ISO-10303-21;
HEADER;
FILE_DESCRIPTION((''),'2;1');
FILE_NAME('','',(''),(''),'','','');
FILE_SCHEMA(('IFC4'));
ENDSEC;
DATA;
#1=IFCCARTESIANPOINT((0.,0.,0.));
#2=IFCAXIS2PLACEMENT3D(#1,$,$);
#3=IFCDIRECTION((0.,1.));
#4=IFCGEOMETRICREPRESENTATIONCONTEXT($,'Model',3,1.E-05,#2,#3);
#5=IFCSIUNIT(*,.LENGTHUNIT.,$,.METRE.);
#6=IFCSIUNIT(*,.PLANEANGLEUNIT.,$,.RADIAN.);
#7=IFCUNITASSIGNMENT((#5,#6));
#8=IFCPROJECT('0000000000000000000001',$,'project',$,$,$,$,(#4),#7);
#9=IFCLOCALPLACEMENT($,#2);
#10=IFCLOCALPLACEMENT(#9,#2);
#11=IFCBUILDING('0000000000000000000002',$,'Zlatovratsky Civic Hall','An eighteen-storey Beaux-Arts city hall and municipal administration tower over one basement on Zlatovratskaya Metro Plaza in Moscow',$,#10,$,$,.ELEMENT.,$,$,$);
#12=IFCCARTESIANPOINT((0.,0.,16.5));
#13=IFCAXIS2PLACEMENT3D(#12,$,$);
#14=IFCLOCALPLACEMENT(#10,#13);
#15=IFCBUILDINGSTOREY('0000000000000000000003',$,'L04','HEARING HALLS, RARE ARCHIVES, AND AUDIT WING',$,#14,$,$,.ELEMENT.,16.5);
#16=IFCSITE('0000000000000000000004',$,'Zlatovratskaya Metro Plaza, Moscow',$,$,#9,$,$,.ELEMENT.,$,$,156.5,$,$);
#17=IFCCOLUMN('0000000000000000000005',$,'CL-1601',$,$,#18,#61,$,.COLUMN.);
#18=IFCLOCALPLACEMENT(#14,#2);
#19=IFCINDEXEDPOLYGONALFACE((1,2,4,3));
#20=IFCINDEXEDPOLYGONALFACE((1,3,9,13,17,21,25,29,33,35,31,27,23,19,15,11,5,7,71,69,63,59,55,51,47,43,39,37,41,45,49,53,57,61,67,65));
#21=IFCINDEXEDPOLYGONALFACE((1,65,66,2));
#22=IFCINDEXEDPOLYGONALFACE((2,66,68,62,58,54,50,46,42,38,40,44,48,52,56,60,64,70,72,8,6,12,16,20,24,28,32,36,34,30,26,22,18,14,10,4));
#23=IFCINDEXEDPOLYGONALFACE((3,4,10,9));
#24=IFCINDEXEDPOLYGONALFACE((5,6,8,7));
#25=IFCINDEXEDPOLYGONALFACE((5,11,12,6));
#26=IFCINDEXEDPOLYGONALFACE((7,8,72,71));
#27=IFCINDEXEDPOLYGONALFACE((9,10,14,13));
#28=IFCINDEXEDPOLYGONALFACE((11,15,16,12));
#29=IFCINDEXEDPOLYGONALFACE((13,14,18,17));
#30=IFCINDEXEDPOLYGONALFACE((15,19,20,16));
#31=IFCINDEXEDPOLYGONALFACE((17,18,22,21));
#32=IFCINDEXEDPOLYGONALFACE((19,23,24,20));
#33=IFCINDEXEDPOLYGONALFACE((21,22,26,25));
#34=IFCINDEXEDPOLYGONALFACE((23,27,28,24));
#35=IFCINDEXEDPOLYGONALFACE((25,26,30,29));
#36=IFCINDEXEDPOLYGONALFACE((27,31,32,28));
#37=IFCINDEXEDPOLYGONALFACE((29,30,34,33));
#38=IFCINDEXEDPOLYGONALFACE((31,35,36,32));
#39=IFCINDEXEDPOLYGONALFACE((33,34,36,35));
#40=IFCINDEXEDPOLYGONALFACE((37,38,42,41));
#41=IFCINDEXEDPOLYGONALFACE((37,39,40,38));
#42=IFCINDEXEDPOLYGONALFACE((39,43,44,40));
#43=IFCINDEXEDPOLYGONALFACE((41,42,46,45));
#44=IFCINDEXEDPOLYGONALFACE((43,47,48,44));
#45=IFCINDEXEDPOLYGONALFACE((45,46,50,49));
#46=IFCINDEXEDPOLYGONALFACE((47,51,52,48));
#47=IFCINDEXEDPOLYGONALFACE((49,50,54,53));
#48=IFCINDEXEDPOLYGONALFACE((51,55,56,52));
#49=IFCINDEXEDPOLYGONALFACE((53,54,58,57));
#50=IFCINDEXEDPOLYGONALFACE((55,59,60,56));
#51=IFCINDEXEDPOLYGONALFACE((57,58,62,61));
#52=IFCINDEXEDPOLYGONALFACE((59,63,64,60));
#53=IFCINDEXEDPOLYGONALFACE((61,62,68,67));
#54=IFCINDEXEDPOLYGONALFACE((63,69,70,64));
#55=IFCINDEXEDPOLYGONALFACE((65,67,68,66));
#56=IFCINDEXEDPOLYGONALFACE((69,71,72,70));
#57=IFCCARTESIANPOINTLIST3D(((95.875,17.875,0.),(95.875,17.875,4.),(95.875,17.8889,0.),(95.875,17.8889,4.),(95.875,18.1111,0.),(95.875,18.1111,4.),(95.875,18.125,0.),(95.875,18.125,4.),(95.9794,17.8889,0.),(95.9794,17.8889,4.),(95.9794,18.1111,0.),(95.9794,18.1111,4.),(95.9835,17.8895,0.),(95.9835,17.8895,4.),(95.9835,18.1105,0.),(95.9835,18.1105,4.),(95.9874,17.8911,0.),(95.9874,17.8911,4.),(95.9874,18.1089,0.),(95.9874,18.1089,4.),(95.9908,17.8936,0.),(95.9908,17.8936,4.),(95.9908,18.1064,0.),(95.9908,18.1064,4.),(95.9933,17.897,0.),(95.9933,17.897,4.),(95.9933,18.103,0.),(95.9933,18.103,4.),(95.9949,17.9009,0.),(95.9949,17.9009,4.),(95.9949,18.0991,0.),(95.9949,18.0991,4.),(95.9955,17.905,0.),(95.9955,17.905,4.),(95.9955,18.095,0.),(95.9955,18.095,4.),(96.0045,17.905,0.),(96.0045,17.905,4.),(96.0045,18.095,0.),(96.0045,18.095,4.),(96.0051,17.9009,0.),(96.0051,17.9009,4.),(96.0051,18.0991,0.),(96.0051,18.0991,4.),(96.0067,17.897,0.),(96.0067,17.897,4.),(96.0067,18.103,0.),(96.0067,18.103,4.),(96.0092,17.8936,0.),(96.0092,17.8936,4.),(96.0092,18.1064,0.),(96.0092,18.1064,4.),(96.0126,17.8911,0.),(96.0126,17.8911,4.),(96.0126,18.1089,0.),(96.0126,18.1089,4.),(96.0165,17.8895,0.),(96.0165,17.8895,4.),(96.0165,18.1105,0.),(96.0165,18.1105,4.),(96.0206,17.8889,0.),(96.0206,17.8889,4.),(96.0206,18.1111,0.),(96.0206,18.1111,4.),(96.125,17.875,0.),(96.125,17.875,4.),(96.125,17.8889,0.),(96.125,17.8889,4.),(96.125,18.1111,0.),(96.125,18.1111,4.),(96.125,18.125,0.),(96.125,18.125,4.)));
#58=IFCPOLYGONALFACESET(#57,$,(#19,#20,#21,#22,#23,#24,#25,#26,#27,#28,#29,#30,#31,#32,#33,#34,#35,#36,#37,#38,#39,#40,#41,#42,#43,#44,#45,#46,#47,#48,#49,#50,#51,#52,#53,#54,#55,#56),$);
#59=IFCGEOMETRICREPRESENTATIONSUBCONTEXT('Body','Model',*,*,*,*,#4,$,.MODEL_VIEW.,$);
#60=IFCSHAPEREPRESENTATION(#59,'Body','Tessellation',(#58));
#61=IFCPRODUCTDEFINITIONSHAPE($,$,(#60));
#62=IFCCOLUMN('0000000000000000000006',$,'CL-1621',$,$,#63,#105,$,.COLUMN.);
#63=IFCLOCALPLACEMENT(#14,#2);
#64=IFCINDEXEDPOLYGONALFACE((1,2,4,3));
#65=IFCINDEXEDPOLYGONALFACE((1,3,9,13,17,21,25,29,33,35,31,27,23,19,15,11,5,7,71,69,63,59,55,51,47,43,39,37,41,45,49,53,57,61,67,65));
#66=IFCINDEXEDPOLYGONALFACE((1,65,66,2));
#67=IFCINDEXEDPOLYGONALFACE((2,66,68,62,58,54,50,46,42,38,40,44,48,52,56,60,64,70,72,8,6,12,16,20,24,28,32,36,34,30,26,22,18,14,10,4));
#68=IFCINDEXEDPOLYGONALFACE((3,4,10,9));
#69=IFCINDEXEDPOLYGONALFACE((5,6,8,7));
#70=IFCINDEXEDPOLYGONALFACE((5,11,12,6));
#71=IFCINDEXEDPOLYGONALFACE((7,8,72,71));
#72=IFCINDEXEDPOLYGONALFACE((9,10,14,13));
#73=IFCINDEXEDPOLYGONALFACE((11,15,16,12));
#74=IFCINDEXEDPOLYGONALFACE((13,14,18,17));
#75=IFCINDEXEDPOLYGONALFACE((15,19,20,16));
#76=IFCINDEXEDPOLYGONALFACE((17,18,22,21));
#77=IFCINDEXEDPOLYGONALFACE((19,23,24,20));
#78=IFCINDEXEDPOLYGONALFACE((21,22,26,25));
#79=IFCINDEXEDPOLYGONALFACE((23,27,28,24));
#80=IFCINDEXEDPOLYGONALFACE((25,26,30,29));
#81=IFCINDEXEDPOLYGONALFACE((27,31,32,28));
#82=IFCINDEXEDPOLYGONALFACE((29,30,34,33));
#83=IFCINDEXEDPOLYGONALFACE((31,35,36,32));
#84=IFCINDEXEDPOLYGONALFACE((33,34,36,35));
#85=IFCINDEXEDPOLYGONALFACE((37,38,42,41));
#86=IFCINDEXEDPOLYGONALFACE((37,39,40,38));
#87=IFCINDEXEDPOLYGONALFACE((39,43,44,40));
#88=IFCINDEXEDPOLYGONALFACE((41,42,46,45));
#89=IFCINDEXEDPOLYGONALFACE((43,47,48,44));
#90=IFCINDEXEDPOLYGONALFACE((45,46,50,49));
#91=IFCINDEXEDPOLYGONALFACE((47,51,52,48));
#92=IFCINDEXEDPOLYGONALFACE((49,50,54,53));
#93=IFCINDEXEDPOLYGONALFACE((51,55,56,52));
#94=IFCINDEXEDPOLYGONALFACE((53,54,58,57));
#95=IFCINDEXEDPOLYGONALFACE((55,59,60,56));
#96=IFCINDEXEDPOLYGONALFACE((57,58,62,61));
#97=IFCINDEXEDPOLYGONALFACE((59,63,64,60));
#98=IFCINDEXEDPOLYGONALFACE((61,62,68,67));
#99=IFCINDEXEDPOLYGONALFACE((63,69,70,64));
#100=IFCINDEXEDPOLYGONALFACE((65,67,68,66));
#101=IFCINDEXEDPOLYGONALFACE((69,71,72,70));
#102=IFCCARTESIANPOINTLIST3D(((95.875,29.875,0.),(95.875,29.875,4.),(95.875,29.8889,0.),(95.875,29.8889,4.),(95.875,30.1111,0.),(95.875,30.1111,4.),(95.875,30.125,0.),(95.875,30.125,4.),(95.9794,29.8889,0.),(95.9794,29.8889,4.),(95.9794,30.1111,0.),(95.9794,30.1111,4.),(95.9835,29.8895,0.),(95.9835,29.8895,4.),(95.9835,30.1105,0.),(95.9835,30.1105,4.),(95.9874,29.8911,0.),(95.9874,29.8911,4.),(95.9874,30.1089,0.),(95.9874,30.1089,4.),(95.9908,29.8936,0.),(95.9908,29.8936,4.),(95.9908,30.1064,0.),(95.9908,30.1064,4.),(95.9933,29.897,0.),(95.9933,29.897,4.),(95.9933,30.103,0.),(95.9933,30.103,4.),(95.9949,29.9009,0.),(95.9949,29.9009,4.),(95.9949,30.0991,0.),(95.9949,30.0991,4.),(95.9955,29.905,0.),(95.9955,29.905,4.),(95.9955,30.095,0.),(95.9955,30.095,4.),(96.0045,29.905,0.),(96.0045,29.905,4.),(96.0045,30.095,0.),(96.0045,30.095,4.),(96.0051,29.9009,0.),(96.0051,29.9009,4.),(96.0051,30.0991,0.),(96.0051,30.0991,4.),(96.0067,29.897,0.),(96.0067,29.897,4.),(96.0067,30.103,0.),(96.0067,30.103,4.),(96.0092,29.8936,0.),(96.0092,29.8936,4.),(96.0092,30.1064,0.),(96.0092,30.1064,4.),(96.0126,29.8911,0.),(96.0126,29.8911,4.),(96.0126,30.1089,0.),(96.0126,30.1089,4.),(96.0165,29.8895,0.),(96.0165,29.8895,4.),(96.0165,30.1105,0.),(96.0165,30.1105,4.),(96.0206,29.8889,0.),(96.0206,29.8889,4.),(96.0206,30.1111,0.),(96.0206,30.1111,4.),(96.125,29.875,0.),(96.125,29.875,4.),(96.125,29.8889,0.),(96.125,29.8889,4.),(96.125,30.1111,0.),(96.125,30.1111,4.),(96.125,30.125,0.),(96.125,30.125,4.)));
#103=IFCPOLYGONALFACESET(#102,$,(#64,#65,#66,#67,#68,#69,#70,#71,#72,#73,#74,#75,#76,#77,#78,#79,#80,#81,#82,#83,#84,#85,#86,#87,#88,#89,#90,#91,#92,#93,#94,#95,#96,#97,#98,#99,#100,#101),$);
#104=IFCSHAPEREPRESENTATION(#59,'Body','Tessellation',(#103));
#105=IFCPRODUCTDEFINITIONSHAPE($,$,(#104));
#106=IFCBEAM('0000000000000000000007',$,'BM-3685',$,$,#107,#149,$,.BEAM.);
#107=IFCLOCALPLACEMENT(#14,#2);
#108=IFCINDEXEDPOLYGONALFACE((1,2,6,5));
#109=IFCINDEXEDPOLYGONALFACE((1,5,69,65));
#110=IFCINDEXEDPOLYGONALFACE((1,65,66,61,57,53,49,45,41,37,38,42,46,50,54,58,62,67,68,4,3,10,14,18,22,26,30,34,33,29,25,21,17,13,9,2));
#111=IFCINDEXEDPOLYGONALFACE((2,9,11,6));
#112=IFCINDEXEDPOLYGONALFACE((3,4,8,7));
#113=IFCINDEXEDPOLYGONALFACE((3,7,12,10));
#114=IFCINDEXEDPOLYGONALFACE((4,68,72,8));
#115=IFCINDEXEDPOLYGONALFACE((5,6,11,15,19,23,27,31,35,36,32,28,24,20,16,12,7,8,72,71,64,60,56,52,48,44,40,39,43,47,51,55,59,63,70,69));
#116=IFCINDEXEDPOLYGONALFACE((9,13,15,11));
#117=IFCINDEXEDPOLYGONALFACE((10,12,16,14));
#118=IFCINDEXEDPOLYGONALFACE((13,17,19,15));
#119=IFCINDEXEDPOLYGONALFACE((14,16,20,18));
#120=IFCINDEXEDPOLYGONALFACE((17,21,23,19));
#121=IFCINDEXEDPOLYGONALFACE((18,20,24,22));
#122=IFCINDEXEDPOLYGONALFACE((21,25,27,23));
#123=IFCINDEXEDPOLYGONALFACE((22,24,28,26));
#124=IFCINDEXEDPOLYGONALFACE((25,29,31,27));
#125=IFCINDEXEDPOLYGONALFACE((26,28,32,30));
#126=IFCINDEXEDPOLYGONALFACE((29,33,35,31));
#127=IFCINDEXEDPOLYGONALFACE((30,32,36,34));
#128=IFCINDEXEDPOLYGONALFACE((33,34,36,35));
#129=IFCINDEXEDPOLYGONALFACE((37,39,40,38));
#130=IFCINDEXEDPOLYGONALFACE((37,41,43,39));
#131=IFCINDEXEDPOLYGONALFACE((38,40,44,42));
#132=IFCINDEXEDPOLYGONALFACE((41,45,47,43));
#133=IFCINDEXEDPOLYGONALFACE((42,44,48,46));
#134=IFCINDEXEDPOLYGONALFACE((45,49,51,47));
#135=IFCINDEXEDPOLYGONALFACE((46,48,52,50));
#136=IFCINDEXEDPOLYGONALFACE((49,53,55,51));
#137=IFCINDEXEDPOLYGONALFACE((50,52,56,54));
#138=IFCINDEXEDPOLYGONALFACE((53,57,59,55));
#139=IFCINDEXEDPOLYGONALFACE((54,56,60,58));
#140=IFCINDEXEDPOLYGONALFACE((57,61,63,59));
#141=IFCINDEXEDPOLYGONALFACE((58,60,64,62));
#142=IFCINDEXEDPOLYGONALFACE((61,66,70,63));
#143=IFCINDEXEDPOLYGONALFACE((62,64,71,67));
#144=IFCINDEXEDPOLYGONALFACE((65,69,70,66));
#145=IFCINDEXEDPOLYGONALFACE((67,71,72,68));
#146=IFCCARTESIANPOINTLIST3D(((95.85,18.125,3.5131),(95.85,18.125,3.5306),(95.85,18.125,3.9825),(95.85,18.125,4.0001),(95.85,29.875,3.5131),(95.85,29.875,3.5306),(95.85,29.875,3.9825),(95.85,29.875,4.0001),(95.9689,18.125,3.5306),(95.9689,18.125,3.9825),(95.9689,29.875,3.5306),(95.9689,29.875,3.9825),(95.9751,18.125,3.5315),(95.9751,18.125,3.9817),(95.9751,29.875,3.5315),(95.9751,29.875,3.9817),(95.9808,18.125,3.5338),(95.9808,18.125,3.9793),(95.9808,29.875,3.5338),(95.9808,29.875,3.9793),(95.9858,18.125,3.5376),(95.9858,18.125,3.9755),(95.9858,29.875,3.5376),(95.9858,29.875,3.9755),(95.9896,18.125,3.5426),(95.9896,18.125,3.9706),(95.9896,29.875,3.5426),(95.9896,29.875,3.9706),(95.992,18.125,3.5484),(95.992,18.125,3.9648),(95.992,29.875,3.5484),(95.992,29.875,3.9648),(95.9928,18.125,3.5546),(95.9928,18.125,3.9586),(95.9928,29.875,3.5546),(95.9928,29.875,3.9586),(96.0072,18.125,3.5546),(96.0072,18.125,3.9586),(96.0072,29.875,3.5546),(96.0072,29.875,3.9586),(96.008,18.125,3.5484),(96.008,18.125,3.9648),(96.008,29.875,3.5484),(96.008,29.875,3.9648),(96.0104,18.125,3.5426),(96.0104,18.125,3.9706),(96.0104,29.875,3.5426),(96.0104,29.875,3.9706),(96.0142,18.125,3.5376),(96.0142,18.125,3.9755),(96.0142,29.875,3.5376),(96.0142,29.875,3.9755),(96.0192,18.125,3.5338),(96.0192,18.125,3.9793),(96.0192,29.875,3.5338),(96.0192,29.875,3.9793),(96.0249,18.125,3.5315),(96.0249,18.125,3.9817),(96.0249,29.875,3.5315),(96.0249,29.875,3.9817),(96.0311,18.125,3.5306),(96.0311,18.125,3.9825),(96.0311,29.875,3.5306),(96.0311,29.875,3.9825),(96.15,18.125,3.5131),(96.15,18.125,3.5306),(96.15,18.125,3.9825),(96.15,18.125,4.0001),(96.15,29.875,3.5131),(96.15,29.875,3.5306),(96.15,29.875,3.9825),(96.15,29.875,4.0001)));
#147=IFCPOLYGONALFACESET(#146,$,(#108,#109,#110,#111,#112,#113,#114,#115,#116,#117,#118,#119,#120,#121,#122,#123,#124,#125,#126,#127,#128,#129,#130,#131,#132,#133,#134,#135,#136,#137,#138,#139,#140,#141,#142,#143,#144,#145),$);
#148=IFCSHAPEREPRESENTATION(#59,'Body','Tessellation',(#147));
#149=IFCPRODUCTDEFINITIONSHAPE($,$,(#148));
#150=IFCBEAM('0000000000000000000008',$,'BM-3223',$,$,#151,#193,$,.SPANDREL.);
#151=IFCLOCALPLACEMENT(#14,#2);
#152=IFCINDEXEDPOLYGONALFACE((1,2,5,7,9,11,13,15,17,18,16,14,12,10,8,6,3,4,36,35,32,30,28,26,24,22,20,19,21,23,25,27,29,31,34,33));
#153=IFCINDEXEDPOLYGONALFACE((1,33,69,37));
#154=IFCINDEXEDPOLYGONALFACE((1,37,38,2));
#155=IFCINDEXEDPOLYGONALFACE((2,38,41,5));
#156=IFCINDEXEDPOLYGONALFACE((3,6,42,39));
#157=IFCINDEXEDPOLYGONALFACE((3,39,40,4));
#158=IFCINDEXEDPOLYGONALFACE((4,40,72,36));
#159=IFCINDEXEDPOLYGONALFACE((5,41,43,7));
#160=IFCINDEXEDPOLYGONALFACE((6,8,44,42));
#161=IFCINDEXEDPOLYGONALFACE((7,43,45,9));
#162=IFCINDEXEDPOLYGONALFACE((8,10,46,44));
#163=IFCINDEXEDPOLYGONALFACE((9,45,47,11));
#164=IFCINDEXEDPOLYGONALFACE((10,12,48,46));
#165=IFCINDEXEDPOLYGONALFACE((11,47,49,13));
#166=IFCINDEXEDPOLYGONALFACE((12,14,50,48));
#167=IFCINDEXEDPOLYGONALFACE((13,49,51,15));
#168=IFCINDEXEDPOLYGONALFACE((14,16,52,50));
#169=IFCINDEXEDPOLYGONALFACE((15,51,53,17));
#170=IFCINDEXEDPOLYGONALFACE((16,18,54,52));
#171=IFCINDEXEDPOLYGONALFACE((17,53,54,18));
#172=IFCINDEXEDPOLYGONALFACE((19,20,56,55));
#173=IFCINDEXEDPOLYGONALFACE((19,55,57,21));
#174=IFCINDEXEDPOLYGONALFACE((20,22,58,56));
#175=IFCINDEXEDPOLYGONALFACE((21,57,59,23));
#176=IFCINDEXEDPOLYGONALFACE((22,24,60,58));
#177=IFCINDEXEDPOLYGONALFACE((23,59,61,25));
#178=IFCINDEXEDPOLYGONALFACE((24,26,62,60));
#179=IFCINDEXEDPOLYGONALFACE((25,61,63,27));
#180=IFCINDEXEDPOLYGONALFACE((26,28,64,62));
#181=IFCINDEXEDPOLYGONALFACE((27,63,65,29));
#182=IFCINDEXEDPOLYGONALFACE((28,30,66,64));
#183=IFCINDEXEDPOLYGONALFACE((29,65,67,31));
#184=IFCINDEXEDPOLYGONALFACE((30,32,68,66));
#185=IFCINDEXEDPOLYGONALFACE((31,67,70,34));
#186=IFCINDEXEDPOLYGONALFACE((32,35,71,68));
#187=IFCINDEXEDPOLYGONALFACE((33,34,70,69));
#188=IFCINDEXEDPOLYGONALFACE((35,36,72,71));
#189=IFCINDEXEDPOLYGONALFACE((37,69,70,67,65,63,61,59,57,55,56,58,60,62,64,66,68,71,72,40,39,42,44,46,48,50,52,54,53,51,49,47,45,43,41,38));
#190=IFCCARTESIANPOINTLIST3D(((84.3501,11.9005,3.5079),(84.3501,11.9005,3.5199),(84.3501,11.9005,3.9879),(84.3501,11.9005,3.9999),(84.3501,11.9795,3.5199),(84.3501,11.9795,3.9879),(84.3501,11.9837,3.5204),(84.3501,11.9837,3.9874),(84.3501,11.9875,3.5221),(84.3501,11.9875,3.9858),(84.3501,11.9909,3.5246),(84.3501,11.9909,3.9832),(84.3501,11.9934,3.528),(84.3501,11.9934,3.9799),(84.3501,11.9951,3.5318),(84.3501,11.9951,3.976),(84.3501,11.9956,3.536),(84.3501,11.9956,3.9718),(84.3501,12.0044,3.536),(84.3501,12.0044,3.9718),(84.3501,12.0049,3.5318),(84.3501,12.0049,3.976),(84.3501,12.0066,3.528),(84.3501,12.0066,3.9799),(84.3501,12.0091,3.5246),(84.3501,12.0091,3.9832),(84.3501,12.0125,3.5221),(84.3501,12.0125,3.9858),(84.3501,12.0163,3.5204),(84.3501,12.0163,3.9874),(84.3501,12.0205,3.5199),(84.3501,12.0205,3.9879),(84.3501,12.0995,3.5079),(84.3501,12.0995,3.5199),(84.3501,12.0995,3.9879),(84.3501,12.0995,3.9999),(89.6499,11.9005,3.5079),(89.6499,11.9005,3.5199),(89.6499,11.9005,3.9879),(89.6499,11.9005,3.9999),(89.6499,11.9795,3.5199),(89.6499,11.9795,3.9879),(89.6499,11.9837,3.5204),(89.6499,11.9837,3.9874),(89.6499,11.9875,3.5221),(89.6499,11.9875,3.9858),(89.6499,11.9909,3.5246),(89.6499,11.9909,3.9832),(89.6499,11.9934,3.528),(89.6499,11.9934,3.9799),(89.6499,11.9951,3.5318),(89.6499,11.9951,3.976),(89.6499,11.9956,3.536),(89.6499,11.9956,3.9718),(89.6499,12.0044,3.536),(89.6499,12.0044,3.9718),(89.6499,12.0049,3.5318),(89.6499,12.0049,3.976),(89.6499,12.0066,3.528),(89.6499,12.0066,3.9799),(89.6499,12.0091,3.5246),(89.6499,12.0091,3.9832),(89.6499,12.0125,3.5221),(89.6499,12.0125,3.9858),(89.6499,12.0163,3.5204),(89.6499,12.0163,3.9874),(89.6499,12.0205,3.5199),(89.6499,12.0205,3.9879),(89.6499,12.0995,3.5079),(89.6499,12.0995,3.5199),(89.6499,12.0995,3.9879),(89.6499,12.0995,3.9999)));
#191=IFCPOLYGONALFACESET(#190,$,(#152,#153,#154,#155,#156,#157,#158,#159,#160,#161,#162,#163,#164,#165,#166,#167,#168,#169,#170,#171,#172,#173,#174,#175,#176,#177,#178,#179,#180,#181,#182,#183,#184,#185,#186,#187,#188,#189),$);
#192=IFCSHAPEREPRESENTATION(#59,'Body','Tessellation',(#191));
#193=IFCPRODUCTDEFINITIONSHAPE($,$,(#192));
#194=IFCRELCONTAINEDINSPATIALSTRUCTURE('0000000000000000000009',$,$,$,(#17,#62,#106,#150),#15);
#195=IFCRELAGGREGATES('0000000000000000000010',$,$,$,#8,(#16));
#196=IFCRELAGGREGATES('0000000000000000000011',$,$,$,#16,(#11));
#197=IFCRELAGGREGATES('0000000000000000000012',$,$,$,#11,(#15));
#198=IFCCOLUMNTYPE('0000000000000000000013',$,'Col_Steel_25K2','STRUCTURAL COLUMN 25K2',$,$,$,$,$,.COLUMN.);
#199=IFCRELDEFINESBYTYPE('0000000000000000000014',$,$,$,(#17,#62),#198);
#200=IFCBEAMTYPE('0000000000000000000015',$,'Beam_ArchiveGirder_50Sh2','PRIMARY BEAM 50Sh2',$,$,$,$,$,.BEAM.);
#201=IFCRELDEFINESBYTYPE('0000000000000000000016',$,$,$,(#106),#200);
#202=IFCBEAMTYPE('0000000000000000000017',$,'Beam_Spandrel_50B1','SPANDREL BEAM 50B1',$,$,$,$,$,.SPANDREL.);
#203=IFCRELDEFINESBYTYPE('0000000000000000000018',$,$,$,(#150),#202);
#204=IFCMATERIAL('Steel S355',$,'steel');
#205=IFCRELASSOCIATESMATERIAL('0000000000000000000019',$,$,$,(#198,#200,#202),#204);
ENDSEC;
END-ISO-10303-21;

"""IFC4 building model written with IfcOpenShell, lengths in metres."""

from ifc_helpers import new_model, si_unit, direction, frame, origin, origin_2d, place, context, subcontext, project, spatial, i_section, extrude, material, material_profile, profile_set, type_object, element, save


model = new_model("IFC4")

# Units and contexts
model_context = context("Model", 3, precision=1e-05, world=origin(), true_north=direction((0.0, 1.0)))
body_context = subcontext(model_context, "Body", "Model", "MODEL_VIEW")
ifc_project = project(units=[si_unit("LENGTHUNIT", "METRE"), si_unit("PLANEANGLEUNIT", "RADIAN")], contexts=[model_context])

# Site, building, storey
site_placement = place(None, origin())
site = spatial("IfcSite", under=ifc_project, at=site_placement, Name="Zlatovratskaya Metro Plaza, Moscow", CompositionType="ELEMENT", RefElevation=156.5)
building_placement = place(site_placement, origin())
building = spatial("IfcBuilding", under=site, at=building_placement, Name="Zlatovratsky Civic Hall", Description="An eighteen-storey Beaux-Arts city hall and municipal administration tower over one basement on Zlatovratskaya Metro Plaza in Moscow", CompositionType="ELEMENT")
storey_placement = place(building_placement, frame((0.0, 0.0, 16.5)))
storey = spatial("IfcBuildingStorey", under=building, at=storey_placement, Name="L04", Description="HEARING HALLS, RARE ARCHIVES, AND AUDIT WING", CompositionType="ELEMENT", Elevation=16.5)

# Columns
ifc_material_1 = material(Name="Steel S355", Category="steel")
ifc_material_profile_1 = material_profile(ifc_material_1, i_section(OverallWidth=0.25, OverallDepth=0.25, WebThickness=0.009, FlangeThickness=0.0139, FilletRadius=0.0161, at=origin_2d()), Name="25K2")
ifc_profile_set_1 = profile_set([ifc_material_profile_1], Name="Steel S355")
column_type_1 = type_object("IfcColumnType", Name="Col_Steel_25K2", Description="STRUCTURAL COLUMN 25K2", PredefinedType="COLUMN", material=ifc_profile_set_1)
for number, where, z_axis, x_axis, name in (
    (1, (96.0, 18.0, 0.0), (0.0, 0.0, 1.0), (1.0, 0.0, 0.0), "CL-1601"),
    (2, (96.0, 30.0, 0.0), (0.0, 0.0, 1.0), (1.0, 0.0, 0.0), "CL-1621"),
):
    element("IfcColumn", number, at=place(storey_placement, frame(where, z_axis=z_axis, x_axis=x_axis)), inside=storey, type_object=column_type_1, Name=name, PredefinedType="COLUMN", context=body_context, shape_type="SweptSolid", body=[
        extrude(i_section(OverallWidth=0.25, OverallDepth=0.25, WebThickness=0.009, FlangeThickness=0.0139, FilletRadius=0.0161, at=origin_2d()), origin(), (0.0, 0.0, 1.0), 4.0),
    ])

# Beams
ifc_material_profile_2 = material_profile(ifc_material_1, i_section(OverallWidth=0.3, OverallDepth=0.4871, WebThickness=0.0144, FlangeThickness=0.0176, FilletRadius=0.0239, at=origin_2d()), Name="50Sh2")
ifc_profile_set_2 = profile_set([ifc_material_profile_2], Name="Steel S355")
beam_type_1 = type_object("IfcBeamType", Name="Beam_ArchiveGirder_50Sh2", Description="PRIMARY BEAM 50Sh2", PredefinedType="BEAM", material=ifc_profile_set_2)
beam_1_placement = place(storey_placement, frame((96.0, 18.125, 3.7566), z_axis=(0.0, 1.0, 0.0), x_axis=(-1.0, 0.0, 0.0)))
element("IfcBeam", 3, at=beam_1_placement, inside=storey, type_object=beam_type_1, Name="BM-3685", PredefinedType="BEAM", context=body_context, shape_type="SweptSolid", body=[
    extrude(i_section(OverallWidth=0.3, OverallDepth=0.4871, WebThickness=0.0144, FlangeThickness=0.0176, FilletRadius=0.0239, at=origin_2d()), origin(), (0.0, 0.0, 1.0), 11.75),
])
ifc_material_profile_3 = material_profile(ifc_material_1, i_section(OverallWidth=0.199, OverallDepth=0.4919, WebThickness=0.0088, FlangeThickness=0.012, FilletRadius=0.0161, at=origin_2d()), Name="50B1")
ifc_profile_set_3 = profile_set([ifc_material_profile_3], Name="Steel S355")
beam_type_2 = type_object("IfcBeamType", Name="Beam_Spandrel_50B1", Description="SPANDREL BEAM 50B1", PredefinedType="SPANDREL", material=ifc_profile_set_3)
beam_2_placement = place(storey_placement, frame((84.3501, 12.0, 3.7539), z_axis=(1.0, 0.0, 0.0), x_axis=(0.0, 1.0, 0.0)))
element("IfcBeam", 4, at=beam_2_placement, inside=storey, type_object=beam_type_2, Name="BM-3223", PredefinedType="SPANDREL", context=body_context, shape_type="SweptSolid", body=[
    extrude(i_section(OverallWidth=0.199, OverallDepth=0.4919, WebThickness=0.0088, FlangeThickness=0.012, FilletRadius=0.0161, at=origin_2d()), origin(), (0.0, 0.0, 1.0), 5.2998),
])

save(model, "model.ifc")
